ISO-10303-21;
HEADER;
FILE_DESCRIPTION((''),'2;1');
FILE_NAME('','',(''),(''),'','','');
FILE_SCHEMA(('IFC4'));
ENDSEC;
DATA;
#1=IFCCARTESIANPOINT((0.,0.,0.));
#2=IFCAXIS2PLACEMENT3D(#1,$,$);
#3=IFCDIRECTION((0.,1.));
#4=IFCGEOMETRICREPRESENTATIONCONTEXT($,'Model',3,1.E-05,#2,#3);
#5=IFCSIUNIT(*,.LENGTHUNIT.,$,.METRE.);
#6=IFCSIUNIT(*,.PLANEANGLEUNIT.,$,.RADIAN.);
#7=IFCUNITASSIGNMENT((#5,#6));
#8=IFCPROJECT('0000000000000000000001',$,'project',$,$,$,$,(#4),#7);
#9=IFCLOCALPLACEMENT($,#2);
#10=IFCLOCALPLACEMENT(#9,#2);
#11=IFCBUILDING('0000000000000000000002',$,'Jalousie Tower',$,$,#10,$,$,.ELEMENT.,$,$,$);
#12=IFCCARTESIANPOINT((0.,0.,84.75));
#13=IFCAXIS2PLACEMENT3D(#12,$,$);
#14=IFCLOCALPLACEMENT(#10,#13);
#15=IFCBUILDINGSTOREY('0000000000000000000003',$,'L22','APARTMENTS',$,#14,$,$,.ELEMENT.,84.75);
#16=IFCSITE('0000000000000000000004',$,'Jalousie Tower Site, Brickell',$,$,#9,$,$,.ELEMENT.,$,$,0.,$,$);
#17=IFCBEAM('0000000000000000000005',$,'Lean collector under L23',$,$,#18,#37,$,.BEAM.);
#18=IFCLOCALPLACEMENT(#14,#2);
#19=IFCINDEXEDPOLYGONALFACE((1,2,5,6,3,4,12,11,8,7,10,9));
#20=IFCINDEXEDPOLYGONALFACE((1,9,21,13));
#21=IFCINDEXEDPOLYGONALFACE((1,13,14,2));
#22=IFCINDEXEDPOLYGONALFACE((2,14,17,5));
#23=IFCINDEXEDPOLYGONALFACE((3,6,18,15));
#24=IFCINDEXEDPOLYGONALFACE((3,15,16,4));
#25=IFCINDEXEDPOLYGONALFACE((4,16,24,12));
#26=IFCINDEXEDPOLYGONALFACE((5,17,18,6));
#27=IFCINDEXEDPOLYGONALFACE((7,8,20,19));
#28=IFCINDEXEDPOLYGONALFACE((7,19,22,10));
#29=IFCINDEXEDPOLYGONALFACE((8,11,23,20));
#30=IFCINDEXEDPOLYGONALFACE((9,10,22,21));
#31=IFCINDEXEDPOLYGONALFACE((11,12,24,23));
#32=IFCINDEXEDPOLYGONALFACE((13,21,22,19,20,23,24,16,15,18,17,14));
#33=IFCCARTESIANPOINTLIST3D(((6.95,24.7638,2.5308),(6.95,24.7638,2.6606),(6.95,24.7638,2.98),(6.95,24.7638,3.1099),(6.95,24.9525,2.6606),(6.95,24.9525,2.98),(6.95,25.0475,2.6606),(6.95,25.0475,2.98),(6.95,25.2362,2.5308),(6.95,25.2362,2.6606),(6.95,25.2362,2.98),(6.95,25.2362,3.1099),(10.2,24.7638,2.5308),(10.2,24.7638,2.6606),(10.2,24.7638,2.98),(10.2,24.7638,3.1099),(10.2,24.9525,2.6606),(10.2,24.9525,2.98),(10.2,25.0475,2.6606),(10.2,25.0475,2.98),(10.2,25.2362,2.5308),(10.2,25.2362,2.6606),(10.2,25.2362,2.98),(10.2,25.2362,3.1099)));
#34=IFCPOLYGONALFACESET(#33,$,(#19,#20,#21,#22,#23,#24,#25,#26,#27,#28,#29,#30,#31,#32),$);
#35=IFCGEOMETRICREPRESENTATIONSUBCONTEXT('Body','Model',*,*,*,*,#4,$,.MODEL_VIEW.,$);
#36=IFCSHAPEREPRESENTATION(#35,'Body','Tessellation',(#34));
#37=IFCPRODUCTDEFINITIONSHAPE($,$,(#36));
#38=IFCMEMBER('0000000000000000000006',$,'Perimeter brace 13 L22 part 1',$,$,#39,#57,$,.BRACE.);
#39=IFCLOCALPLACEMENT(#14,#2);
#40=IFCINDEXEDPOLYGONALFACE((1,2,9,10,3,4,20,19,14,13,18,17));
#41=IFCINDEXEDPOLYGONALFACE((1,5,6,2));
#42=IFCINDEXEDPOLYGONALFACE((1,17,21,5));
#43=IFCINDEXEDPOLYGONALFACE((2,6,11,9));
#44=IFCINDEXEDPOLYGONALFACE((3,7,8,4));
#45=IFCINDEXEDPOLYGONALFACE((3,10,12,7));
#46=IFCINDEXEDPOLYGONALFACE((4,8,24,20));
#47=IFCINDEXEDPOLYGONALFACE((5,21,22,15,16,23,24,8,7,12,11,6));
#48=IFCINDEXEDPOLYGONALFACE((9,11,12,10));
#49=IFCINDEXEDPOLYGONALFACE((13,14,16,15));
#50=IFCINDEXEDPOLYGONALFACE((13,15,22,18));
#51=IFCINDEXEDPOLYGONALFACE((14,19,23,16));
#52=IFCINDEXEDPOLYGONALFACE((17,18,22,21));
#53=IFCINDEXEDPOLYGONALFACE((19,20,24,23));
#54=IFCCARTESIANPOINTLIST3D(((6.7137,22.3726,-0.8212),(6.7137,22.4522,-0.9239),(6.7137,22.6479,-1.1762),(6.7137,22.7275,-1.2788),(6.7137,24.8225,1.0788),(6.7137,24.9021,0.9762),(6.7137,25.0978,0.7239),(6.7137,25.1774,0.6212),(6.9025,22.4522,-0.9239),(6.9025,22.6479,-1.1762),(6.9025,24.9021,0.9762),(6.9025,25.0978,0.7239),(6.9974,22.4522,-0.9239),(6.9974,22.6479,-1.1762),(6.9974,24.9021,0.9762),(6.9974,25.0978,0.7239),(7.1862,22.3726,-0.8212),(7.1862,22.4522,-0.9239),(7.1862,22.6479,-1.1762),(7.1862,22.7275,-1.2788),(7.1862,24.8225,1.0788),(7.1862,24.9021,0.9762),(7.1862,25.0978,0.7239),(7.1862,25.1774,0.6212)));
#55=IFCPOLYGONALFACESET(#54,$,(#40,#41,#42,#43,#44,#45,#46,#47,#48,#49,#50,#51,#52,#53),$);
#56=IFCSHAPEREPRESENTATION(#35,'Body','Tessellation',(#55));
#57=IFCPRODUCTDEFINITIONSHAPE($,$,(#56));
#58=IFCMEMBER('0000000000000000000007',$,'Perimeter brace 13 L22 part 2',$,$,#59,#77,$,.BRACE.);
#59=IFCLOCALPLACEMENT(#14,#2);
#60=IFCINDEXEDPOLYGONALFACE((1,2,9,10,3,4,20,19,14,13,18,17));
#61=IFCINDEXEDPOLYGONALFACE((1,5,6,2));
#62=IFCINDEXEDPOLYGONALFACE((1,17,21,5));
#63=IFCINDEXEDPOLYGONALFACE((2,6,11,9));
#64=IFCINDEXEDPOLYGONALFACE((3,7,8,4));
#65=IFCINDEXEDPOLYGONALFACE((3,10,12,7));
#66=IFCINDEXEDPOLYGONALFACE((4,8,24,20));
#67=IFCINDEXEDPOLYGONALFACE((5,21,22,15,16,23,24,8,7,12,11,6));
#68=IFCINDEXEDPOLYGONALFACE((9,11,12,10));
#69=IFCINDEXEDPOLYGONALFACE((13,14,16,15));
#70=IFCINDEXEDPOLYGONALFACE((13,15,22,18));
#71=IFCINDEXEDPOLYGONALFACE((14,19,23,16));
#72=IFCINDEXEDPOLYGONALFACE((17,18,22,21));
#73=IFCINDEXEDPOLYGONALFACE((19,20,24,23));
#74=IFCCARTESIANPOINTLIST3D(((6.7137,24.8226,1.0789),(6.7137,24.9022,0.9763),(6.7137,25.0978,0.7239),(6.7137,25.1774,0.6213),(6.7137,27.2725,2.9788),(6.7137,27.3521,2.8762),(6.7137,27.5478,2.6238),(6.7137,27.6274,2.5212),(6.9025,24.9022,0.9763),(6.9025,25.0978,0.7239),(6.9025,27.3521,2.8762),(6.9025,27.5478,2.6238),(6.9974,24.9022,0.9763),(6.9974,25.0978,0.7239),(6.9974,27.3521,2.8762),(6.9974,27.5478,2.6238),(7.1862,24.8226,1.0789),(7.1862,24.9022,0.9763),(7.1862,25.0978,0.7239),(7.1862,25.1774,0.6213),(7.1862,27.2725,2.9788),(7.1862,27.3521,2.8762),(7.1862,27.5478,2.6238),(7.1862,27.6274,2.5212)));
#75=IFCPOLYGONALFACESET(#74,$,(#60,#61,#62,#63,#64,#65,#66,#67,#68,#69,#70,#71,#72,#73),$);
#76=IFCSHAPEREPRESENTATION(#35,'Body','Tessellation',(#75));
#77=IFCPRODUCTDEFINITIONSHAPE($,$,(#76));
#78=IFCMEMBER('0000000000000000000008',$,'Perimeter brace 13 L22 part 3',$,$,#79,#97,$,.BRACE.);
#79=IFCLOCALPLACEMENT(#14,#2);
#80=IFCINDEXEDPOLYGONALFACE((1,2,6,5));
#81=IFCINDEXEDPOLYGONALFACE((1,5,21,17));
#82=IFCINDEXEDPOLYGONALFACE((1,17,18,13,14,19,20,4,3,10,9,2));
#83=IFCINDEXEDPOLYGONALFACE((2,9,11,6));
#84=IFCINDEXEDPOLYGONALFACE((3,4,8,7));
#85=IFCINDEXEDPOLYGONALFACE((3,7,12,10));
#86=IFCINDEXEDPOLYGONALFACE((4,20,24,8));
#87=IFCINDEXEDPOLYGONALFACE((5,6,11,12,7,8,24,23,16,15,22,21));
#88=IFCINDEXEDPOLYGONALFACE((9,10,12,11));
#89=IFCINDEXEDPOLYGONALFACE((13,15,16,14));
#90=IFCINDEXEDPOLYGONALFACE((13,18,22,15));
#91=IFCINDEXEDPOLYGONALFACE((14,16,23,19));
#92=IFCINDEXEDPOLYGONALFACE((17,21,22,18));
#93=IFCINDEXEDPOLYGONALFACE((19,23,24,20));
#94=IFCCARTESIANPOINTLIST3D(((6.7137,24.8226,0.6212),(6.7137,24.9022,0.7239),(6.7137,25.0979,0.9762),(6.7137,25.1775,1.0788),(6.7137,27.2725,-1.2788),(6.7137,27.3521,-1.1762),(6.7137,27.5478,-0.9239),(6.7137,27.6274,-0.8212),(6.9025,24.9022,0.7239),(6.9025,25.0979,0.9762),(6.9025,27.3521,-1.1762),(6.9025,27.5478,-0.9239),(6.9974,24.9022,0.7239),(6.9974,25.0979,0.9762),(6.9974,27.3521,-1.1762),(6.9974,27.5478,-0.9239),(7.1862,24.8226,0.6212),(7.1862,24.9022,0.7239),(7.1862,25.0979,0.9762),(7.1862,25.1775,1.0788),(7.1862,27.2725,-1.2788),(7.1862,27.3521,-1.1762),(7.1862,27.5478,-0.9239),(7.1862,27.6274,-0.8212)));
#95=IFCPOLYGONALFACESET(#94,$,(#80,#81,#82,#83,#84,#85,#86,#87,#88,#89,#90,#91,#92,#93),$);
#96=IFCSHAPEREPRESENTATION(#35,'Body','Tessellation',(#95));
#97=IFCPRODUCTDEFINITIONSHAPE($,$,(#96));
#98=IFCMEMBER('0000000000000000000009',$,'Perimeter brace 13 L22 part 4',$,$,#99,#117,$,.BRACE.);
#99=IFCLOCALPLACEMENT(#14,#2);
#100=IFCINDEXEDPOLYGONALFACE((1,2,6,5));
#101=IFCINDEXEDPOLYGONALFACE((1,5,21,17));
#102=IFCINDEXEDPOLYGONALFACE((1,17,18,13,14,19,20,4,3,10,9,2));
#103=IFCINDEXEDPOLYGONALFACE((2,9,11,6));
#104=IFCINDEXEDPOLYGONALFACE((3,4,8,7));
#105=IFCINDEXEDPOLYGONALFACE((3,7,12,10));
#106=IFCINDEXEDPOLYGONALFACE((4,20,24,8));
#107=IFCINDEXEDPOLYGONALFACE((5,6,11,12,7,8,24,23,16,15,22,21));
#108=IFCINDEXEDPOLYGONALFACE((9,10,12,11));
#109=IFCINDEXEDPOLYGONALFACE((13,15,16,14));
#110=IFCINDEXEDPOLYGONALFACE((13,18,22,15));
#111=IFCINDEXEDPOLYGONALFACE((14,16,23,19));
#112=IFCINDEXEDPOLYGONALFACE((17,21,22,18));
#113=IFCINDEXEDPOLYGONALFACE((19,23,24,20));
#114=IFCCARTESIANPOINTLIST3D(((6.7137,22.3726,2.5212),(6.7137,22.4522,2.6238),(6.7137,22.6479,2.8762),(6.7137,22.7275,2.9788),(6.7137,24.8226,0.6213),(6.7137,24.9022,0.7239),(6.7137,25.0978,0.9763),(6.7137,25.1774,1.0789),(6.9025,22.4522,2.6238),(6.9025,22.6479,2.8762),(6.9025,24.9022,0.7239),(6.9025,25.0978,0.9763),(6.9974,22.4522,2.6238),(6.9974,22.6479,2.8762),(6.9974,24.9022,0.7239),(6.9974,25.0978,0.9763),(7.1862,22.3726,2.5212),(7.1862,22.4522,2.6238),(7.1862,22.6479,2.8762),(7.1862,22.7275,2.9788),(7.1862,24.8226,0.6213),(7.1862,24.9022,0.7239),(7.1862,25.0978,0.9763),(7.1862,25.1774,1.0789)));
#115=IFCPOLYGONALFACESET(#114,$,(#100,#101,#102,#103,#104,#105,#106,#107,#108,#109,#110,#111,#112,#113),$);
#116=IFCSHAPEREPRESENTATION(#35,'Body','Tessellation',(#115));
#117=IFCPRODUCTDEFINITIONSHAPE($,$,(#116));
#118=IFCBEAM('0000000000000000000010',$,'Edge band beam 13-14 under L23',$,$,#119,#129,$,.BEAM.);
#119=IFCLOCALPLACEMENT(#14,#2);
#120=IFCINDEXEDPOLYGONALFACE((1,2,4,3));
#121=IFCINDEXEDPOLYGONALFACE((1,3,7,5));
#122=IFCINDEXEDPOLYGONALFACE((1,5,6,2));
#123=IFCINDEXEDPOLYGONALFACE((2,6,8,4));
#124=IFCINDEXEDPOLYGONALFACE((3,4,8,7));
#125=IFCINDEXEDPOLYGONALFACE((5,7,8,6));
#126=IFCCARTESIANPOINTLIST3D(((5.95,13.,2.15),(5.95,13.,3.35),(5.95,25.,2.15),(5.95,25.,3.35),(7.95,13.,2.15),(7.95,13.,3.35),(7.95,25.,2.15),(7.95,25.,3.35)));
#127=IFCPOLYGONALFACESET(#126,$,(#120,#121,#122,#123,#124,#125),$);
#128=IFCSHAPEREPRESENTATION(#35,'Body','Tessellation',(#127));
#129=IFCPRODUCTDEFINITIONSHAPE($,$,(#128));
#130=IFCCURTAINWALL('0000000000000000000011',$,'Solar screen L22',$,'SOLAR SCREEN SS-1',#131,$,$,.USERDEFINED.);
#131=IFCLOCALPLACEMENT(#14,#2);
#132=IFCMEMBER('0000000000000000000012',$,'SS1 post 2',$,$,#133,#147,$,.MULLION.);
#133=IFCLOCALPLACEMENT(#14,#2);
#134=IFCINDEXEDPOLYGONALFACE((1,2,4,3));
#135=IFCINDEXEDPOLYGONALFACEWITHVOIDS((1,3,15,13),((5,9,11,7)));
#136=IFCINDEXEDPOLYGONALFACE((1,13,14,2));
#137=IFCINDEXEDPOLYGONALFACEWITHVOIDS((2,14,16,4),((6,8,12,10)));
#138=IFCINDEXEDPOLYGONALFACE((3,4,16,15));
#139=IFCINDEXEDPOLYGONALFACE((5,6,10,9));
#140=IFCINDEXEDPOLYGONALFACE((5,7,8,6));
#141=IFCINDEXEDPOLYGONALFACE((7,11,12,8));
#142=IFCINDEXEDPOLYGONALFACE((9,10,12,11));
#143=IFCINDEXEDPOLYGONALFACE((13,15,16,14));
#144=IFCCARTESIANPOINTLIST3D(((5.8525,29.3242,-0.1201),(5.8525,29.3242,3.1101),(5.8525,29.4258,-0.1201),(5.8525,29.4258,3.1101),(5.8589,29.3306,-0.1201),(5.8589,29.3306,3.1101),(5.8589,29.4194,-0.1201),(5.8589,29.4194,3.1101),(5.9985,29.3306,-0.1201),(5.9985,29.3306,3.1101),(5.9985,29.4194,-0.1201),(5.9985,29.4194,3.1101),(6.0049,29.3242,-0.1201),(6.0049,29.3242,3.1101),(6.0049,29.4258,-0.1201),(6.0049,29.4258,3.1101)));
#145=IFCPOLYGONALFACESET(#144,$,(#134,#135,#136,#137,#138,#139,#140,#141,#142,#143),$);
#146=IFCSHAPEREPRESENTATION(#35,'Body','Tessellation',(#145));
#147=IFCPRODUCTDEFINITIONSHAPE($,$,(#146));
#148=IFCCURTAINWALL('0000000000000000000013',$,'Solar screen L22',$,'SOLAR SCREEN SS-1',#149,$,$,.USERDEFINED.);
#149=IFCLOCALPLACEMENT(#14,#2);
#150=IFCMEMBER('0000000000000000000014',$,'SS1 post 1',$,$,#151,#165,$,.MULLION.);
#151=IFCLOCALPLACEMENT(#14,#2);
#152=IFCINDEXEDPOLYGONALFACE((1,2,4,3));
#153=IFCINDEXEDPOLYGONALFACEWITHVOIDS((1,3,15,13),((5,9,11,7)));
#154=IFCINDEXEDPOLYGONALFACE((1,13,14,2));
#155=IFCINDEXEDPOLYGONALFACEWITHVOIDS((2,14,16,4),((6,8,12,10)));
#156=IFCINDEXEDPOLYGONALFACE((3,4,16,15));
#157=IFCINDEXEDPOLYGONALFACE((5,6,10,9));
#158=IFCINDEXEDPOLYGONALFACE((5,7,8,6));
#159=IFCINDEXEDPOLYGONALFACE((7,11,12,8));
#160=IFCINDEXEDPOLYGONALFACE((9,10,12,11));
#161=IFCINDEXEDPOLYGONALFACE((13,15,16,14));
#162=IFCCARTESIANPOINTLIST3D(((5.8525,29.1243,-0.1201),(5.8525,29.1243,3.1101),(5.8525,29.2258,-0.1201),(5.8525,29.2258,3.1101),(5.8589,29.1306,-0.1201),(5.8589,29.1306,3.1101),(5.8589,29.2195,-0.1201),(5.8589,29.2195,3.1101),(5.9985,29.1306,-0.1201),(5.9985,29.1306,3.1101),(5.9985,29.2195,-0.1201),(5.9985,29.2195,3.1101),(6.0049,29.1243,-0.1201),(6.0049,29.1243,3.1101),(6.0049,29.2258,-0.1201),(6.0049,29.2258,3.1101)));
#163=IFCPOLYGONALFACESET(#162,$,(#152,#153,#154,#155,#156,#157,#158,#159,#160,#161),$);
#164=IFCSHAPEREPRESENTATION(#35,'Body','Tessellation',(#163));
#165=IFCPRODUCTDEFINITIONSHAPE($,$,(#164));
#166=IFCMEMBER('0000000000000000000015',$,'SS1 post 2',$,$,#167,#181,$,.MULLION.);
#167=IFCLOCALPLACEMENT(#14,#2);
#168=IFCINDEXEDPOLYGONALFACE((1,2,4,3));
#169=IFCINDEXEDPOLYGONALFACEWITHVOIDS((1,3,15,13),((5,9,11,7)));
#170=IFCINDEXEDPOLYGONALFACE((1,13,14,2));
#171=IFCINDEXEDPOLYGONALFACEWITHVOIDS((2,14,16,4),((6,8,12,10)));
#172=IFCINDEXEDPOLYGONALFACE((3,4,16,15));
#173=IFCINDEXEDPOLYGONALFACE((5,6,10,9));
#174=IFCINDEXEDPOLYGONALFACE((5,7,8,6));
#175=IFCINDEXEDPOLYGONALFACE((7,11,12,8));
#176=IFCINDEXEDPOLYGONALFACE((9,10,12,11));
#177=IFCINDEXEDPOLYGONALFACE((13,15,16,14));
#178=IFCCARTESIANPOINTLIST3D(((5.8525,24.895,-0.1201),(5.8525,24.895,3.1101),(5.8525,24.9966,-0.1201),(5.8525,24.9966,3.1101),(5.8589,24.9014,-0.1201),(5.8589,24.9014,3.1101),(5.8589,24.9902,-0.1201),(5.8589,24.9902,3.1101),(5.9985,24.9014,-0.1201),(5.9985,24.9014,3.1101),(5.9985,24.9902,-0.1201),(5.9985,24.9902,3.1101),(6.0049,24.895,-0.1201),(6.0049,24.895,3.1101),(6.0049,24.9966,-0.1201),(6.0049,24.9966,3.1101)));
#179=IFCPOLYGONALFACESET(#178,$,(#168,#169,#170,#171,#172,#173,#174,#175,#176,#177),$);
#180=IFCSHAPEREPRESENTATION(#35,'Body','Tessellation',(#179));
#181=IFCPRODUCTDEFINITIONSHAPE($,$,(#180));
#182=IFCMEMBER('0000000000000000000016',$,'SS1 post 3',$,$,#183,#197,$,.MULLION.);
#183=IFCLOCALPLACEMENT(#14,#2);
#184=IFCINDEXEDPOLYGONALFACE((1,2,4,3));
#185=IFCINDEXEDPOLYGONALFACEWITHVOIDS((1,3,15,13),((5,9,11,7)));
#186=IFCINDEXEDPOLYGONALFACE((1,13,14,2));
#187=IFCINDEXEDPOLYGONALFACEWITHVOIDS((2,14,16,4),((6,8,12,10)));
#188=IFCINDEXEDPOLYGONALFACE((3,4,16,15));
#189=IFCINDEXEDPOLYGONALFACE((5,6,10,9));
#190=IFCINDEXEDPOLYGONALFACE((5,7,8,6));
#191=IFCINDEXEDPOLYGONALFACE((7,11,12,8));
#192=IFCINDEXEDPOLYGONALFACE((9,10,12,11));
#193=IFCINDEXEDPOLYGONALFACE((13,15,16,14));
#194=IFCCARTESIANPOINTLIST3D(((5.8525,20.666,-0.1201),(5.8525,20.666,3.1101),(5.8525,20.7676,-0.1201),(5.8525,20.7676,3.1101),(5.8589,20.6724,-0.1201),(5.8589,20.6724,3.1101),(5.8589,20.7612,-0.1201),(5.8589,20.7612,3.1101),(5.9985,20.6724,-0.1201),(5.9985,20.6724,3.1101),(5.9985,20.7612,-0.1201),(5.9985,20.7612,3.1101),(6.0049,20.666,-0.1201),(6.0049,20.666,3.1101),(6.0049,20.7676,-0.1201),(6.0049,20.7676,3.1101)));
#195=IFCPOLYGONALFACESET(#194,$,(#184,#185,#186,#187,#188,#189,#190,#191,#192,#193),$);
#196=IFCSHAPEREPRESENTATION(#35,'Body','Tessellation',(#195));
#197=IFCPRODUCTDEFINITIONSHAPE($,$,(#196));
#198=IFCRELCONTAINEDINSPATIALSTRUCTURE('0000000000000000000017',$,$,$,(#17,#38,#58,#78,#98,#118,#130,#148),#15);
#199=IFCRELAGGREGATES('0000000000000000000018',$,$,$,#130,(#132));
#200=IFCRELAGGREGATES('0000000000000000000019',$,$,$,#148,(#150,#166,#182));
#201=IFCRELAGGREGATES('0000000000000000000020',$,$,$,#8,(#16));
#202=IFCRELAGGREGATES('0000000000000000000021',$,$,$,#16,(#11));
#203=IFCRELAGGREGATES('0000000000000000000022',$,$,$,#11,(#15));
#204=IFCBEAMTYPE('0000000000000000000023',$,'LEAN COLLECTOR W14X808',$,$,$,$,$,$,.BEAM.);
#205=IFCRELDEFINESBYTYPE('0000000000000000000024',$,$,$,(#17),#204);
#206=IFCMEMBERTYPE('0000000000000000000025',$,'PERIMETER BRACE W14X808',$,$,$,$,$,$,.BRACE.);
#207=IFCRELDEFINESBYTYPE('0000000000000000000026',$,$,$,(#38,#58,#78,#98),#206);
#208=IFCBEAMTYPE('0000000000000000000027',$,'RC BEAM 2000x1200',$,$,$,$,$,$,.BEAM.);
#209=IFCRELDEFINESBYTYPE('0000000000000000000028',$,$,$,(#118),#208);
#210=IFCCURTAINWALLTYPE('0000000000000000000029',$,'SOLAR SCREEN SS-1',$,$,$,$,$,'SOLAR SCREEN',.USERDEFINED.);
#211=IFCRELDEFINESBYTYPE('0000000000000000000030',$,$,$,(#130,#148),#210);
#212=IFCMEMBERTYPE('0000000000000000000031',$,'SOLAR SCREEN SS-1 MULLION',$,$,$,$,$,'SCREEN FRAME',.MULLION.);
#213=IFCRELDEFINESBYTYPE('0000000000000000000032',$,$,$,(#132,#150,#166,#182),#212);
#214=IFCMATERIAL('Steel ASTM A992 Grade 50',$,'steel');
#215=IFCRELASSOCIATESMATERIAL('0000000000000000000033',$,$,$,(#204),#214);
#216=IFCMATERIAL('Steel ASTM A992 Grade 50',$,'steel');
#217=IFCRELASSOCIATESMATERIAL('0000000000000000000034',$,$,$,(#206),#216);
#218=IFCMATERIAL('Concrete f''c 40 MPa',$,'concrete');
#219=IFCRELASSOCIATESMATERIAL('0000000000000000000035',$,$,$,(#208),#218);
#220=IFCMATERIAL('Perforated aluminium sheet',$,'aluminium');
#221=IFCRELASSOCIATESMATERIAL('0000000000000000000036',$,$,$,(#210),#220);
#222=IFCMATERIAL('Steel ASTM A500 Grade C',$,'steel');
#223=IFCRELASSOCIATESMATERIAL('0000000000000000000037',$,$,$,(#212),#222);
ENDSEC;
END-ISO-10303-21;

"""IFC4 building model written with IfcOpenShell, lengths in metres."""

from ifc_helpers import new_model, si_unit, direction, frame, origin, origin_2d, place, context, subcontext, project, spatial, rectangle, hollow_rectangle, i_section, extrude, material, material_profile, profile_set, type_object, element, aggregate, save


model = new_model("IFC4")

# Units and contexts
model_context = context("Model", 3, precision=1e-05, world=origin(), true_north=direction((0.0, 1.0)))
body_context = subcontext(model_context, "Body", "Model", "MODEL_VIEW")
ifc_project = project(units=[si_unit("LENGTHUNIT", "METRE"), si_unit("PLANEANGLEUNIT", "RADIAN")], contexts=[model_context])

# Site, building, storey
site_placement = place(None, origin())
site = spatial("IfcSite", under=ifc_project, at=site_placement, Name="Jalousie Tower Site, Brickell", CompositionType="ELEMENT", RefElevation=0.0)
building_placement = place(site_placement, origin())
building = spatial("IfcBuilding", under=site, at=building_placement, Name="Jalousie Tower", CompositionType="ELEMENT")
storey_placement = place(building_placement, frame((0.0, 0.0, 84.75)))
storey = spatial("IfcBuildingStorey", under=building, at=storey_placement, Name="L22", Description="APARTMENTS", CompositionType="ELEMENT", Elevation=84.75)

# Beam
ifc_material_1 = material(Name="Steel ASTM A992 Grade 50", Category="steel")
ifc_material_profile_1 = material_profile(ifc_material_1, i_section(OverallWidth=0.4724, OverallDepth=0.5791, WebThickness=0.095, FlangeThickness=0.1299, at=origin_2d()), Name="W14X808")
ifc_profile_set_1 = profile_set([ifc_material_profile_1], Name="Steel ASTM A992 Grade 50")
beam_type_1 = type_object("IfcBeamType", Name="LEAN COLLECTOR W14X808", PredefinedType="BEAM", material=ifc_profile_set_1)
beam_1_placement = place(storey_placement, frame((6.95, 25.0, 2.8203), z_axis=(1.0, 0.0, 0.0), x_axis=(0.0, 1.0, 0.0)))
element("IfcBeam", 1, at=beam_1_placement, inside=storey, type_object=beam_type_1, Name="Lean collector under L23", PredefinedType="BEAM", context=body_context, shape_type="SweptSolid", body=[
    extrude(i_section(OverallWidth=0.4724, OverallDepth=0.5791, WebThickness=0.095, FlangeThickness=0.1299, at=origin_2d()), origin(), (0.0, 0.0, 1.0), 3.25),
])

# Members
ifc_material_2 = material(Name="Steel ASTM A992 Grade 50", Category="steel")
ifc_material_profile_2 = material_profile(ifc_material_2, i_section(OverallWidth=0.4724, OverallDepth=0.5791, WebThickness=0.095, FlangeThickness=0.1299, at=origin_2d()), Name="W14X808")
ifc_profile_set_2 = profile_set([ifc_material_profile_2], Name="Steel ASTM A992 Grade 50")
member_type_1 = type_object("IfcMemberType", Name="PERIMETER BRACE W14X808", PredefinedType="BRACE", material=ifc_profile_set_2)
for number, where, z_axis, x_axis, name in (
    (2, (6.95, 22.55, -1.05), (0.0, 0.790191, 0.612861), (-1.0, 0.0, 0.0), "Perimeter brace 13 L22 part 1"),
    (3, (6.95, 25.0, 0.8501), (0.0, 0.790229, 0.612811), (-1.0, 0.0, 0.0), "Perimeter brace 13 L22 part 2"),
    (4, (6.95, 27.45, -1.05), (0.0, -0.790191, 0.612861), (1.0, 0.0, 0.0), "Perimeter brace 13 L22 part 3"),
    (5, (6.95, 25.0, 0.8501), (0.0, -0.790229, 0.612811), (1.0, 0.0, 0.0), "Perimeter brace 13 L22 part 4"),
):
    element("IfcMember", number, at=place(storey_placement, frame(where, z_axis=z_axis, x_axis=x_axis)), inside=storey, type_object=member_type_1, Name=name, PredefinedType="BRACE", context=body_context, shape_type="SweptSolid", body=[
        extrude(i_section(OverallWidth=0.4724, OverallDepth=0.5791, WebThickness=0.095, FlangeThickness=0.1299, at=origin_2d()), origin(), (0.0, 0.0, 1.0), 3.1003),
    ])

# Beam
ifc_material_3 = material(Name="Concrete f'c 40 MPa", Category="concrete")
ifc_material_profile_3 = material_profile(ifc_material_3, rectangle(XDim=2.0, YDim=1.2, at=origin_2d()), Name="RC 2000x1200")
ifc_profile_set_3 = profile_set([ifc_material_profile_3], Name="Concrete f'c 40 MPa")
beam_type_2 = type_object("IfcBeamType", Name="RC BEAM 2000x1200", PredefinedType="BEAM", material=ifc_profile_set_3)
beam_2_placement = place(storey_placement, frame((6.95, 25.0, 2.75), z_axis=(0.0, -1.0, 0.0), x_axis=(1.0, 0.0, 0.0)))
element("IfcBeam", 6, at=beam_2_placement, inside=storey, type_object=beam_type_2, Name="Edge band beam 13-14 under L23", PredefinedType="BEAM", context=body_context, shape_type="SweptSolid", body=[
    extrude(rectangle(XDim=2.0, YDim=1.2, at=origin_2d()), origin(), (0.0, 0.0, 1.0), 12.0),
])

# Curtain wall, member
ifc_material_4 = material(Name="Perforated aluminium sheet", Category="aluminium")
curtain_wall_type = type_object("IfcCurtainWallType", Name="SOLAR SCREEN SS-1", ElementType="SOLAR SCREEN", PredefinedType="USERDEFINED", material=ifc_material_4)
curtain_wall_1_placement = place(storey_placement, origin())
curtain_wall_1 = element("IfcCurtainWall", 7, at=curtain_wall_1_placement, inside=storey, type_object=curtain_wall_type, Name="Solar screen L22", ObjectType="SOLAR SCREEN SS-1", PredefinedType="USERDEFINED")
ifc_material_5 = material(Name="Steel ASTM A500 Grade C", Category="steel")
ifc_material_profile_4 = material_profile(ifc_material_5, hollow_rectangle(XDim=0.1016, YDim=0.1523, WallThickness=0.0063, at=origin_2d()), Name="HSS6X4X1/4")
ifc_profile_set_4 = profile_set([ifc_material_profile_4], Name="Steel ASTM A500 Grade C")
member_type_2 = type_object("IfcMemberType", Name="SOLAR SCREEN SS-1 MULLION", ElementType="SCREEN FRAME", PredefinedType="MULLION", material=ifc_profile_set_4)
member_1_placement = place(storey_placement, frame((5.9287, 29.375, -0.1201), z_axis=(0.0, 0.0, 1.0), x_axis=(0.0, -1.0, 0.0)))
member_1 = element("IfcMember", 8, at=member_1_placement, type_object=member_type_2, Name="SS1 post 2", PredefinedType="MULLION", context=body_context, shape_type="SweptSolid", body=[
    extrude(hollow_rectangle(XDim=0.1016, YDim=0.1523, WallThickness=0.0063, at=origin_2d()), origin(), (0.0, 0.0, 1.0), 3.2302),
])
aggregate(curtain_wall_1, [member_1])

# Curtain wall, members
curtain_wall_2_placement = place(storey_placement, origin())
curtain_wall_2 = element("IfcCurtainWall", 9, at=curtain_wall_2_placement, inside=storey, type_object=curtain_wall_type, Name="Solar screen L22", ObjectType="SOLAR SCREEN SS-1", PredefinedType="USERDEFINED")
member_2_placement = place(storey_placement, frame((5.9287, 29.175, -0.1201), z_axis=(0.0, 0.0, 1.0), x_axis=(0.0, -1.0, 0.0)))
member_2 = element("IfcMember", 10, at=member_2_placement, type_object=member_type_2, Name="SS1 post 1", PredefinedType="MULLION", context=body_context, shape_type="SweptSolid", body=[
    extrude(hollow_rectangle(XDim=0.1016, YDim=0.1523, WallThickness=0.0063, at=origin_2d()), origin(), (0.0, 0.0, 1.0), 3.2302),
])
member_3_placement = place(storey_placement, frame((5.9287, 24.9458, -0.1201), z_axis=(0.0, 0.0, 1.0), x_axis=(0.0, -1.0, 0.0)))
member_3 = element("IfcMember", 11, at=member_3_placement, type_object=member_type_2, Name="SS1 post 2", PredefinedType="MULLION", context=body_context, shape_type="SweptSolid", body=[
    extrude(hollow_rectangle(XDim=0.1016, YDim=0.1523, WallThickness=0.0063, at=origin_2d()), origin(), (0.0, 0.0, 1.0), 3.2302),
])
member_4_placement = place(storey_placement, frame((5.9287, 20.7168, -0.1201), z_axis=(0.0, 0.0, 1.0), x_axis=(0.0, -1.0, 0.0)))
member_4 = element("IfcMember", 12, at=member_4_placement, type_object=member_type_2, Name="SS1 post 3", PredefinedType="MULLION", context=body_context, shape_type="SweptSolid", body=[
    extrude(hollow_rectangle(XDim=0.1016, YDim=0.1523, WallThickness=0.0063, at=origin_2d()), origin(), (0.0, 0.0, 1.0), 3.2302),
])
aggregate(curtain_wall_2, [member_2, member_3, member_4])

save(model, "model.ifc")
